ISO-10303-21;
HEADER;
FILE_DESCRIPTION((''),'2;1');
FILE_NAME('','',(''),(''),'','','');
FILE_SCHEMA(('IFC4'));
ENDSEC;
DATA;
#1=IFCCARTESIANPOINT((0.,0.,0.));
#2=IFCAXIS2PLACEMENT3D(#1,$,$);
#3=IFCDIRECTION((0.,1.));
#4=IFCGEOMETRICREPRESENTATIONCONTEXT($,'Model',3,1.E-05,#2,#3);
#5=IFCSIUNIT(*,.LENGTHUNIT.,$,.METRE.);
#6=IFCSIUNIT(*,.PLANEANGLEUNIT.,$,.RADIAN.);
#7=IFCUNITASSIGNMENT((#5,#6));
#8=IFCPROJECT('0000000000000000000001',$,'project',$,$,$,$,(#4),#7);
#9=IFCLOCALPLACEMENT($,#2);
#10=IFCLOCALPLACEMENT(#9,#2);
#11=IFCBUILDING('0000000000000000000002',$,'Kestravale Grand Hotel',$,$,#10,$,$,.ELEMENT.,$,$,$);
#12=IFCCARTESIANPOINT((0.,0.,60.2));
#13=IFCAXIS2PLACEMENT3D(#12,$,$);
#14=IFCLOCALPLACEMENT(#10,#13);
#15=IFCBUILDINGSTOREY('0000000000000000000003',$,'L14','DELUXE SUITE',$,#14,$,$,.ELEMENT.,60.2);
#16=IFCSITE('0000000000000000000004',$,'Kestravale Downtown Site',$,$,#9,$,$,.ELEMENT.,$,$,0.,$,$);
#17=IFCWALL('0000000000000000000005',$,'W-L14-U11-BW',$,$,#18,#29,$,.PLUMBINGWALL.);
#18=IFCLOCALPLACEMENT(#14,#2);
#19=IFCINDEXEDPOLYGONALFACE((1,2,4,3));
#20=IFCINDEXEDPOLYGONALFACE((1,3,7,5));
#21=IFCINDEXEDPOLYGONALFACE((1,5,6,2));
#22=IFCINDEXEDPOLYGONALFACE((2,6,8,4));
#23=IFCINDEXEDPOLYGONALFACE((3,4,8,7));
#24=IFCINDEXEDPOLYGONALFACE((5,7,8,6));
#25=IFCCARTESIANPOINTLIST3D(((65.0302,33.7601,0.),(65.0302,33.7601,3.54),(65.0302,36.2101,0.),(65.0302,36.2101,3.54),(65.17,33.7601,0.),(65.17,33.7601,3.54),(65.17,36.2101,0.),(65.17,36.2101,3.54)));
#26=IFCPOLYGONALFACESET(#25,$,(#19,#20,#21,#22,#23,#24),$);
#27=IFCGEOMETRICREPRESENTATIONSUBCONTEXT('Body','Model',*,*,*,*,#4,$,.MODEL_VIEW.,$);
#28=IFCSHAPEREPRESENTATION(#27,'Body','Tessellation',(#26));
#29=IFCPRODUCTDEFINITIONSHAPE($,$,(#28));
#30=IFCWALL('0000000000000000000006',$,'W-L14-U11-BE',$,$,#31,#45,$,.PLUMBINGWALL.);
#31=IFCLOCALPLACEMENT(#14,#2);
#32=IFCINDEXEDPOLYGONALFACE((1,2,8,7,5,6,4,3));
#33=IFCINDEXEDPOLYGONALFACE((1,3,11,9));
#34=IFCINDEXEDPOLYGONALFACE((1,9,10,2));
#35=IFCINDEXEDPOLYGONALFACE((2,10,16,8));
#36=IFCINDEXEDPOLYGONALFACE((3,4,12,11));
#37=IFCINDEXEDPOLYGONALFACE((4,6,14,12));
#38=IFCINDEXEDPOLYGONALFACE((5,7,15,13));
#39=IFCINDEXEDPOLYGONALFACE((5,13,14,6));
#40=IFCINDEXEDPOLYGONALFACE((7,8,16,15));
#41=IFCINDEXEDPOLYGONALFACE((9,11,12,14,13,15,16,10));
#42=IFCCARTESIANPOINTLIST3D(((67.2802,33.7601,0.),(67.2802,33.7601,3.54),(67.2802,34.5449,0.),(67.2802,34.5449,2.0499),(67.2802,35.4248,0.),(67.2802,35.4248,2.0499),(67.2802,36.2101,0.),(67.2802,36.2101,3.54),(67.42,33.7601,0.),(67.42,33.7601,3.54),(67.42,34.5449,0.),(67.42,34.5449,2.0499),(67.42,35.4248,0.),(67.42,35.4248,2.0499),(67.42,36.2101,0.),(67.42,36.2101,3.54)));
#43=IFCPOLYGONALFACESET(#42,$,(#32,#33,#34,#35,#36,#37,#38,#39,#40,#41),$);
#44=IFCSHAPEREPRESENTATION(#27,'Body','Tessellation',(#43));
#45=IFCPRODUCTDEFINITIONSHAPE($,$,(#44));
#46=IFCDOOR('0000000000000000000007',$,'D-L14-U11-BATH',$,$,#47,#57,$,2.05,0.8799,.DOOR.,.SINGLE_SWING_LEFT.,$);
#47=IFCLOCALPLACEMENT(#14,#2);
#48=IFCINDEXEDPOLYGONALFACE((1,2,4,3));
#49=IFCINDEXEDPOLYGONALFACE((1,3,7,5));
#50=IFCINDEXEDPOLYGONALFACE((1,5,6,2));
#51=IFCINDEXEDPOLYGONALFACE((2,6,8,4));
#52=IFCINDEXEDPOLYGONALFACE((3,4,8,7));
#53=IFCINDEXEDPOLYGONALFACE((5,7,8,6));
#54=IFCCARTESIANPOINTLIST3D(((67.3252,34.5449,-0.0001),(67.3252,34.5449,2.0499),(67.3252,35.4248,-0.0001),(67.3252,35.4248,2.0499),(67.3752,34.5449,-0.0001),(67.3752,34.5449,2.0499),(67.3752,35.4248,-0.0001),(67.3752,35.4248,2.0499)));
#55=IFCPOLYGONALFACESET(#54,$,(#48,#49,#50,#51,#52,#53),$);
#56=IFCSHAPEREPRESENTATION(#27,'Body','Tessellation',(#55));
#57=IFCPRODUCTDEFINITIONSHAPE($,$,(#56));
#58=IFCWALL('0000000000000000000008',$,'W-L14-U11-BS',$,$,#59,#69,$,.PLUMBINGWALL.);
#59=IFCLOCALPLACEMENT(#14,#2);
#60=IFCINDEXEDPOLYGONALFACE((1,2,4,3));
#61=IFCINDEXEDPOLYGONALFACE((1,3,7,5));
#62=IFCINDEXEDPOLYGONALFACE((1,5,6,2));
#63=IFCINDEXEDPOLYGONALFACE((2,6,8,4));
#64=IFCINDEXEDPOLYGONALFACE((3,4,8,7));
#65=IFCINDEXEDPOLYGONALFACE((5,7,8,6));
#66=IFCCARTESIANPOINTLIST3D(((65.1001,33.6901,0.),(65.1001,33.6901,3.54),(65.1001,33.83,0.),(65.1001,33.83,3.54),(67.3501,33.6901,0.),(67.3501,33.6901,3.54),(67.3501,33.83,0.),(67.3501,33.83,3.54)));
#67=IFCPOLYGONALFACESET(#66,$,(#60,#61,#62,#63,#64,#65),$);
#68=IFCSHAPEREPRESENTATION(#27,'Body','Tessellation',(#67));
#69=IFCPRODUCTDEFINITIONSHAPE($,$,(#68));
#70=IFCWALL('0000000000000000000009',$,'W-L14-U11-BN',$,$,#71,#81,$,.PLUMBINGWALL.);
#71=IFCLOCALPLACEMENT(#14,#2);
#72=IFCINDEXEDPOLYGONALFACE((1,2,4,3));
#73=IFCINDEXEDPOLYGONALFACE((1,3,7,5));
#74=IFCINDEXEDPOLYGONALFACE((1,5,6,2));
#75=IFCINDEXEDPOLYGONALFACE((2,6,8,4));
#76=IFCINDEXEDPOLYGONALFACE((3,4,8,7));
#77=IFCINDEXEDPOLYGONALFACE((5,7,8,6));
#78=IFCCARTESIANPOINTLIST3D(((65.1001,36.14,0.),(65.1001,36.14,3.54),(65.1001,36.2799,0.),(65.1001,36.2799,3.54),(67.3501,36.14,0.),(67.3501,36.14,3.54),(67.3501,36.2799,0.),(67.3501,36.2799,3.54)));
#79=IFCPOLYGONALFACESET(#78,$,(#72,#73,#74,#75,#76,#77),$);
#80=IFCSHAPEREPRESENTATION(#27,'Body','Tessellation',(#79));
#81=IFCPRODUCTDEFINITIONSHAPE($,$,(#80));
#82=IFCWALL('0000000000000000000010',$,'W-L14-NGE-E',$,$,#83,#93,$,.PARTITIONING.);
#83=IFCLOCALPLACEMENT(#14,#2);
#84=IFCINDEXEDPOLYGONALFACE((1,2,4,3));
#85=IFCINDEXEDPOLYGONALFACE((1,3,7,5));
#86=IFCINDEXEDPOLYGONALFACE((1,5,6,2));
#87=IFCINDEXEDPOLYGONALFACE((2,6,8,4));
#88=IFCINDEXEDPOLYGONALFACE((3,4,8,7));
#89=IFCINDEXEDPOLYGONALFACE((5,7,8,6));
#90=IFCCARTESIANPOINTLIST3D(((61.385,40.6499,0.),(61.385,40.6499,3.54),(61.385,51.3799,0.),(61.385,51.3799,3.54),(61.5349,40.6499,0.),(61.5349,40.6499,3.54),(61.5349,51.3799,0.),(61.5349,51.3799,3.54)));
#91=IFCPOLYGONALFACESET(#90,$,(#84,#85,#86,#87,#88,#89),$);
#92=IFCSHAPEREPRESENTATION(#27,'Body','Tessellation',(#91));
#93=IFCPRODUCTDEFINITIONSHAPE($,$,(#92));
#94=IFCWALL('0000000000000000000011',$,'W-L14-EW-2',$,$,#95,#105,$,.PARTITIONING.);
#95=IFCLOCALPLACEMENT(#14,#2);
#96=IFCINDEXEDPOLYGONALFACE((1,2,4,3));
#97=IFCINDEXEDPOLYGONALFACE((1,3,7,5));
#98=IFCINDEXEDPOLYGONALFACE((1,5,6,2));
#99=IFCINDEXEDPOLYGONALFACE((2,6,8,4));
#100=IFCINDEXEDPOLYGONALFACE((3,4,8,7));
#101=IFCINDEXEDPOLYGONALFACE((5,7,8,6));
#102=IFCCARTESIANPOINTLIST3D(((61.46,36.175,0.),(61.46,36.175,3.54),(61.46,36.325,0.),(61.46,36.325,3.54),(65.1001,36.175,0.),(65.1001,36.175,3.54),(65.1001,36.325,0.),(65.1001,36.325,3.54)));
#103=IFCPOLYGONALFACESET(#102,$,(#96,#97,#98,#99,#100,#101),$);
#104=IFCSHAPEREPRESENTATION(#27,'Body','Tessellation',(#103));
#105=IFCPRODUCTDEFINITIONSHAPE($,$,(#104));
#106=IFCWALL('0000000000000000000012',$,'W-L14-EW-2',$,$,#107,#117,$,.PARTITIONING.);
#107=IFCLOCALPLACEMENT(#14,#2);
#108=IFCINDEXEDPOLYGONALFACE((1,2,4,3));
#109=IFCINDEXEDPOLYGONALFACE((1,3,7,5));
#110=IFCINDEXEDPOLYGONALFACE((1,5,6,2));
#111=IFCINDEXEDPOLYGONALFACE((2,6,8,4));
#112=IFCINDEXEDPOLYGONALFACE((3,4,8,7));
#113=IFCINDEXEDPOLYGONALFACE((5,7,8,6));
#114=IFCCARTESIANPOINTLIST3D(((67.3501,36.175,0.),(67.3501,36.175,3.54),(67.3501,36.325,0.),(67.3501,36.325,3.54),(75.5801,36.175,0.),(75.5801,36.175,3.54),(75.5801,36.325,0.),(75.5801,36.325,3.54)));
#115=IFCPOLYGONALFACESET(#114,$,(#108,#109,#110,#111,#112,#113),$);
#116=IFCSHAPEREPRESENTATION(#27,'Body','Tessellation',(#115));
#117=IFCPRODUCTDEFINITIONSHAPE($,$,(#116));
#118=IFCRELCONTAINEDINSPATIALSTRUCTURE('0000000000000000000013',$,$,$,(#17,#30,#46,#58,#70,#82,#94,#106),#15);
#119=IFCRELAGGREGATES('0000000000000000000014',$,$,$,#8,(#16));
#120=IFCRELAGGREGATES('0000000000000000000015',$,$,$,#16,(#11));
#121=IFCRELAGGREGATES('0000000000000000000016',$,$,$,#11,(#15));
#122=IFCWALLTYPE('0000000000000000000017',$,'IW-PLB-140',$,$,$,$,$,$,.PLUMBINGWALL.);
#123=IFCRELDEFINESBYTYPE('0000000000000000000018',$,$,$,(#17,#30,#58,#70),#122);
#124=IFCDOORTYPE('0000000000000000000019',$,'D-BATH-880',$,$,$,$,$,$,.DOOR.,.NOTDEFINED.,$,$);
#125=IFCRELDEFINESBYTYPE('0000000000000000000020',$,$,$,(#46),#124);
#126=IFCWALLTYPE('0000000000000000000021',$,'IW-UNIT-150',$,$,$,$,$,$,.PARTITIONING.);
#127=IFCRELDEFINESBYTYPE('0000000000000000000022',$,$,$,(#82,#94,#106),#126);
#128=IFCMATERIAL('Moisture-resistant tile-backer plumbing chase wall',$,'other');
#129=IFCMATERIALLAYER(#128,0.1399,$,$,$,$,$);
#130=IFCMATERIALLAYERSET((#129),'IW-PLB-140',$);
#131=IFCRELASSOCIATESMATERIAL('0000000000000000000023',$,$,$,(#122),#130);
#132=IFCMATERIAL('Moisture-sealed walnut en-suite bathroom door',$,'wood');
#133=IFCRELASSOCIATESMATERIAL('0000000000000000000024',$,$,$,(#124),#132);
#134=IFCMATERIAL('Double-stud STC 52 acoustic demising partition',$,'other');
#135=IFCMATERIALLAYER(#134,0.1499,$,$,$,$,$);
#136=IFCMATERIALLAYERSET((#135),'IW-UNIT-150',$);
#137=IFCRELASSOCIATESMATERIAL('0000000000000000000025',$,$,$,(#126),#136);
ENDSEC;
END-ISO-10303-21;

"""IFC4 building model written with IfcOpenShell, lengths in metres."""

from ifc_helpers import new_model, si_unit, direction, frame, frame_2d, origin, place, context, subcontext, project, spatial, rectangle, extrude, material, layer, layer_set, type_object, element, fill, save


model = new_model("IFC4")

# Units and contexts
model_context = context("Model", 3, precision=1e-05, world=origin(), true_north=direction((0.0, 1.0)))
body_context = subcontext(model_context, "Body", "Model", "MODEL_VIEW")
ifc_project = project(units=[si_unit("LENGTHUNIT", "METRE"), si_unit("PLANEANGLEUNIT", "RADIAN")], contexts=[model_context])

# Site, building, storey
site_placement = place(None, origin())
site = spatial("IfcSite", under=ifc_project, at=site_placement, Name="Kestravale Downtown Site", CompositionType="ELEMENT", RefElevation=0.0)
building_placement = place(site_placement, origin())
building = spatial("IfcBuilding", under=site, at=building_placement, Name="Kestravale Grand Hotel", CompositionType="ELEMENT")
storey_placement = place(building_placement, frame((0.0, 0.0, 60.2)))
storey = spatial("IfcBuildingStorey", under=building, at=storey_placement, Name="L14", Description="DELUXE SUITE", CompositionType="ELEMENT", Elevation=60.2)

# Wall
ifc_material_1 = material(Name="Moisture-resistant tile-backer plumbing chase wall", Category="other")
ifc_layer_1 = layer(ifc_material_1, 0.1399)
ifc_layer_set_1 = layer_set([ifc_layer_1], Name="IW-PLB-140")
wall_type_1 = type_object("IfcWallType", Name="IW-PLB-140", PredefinedType="PLUMBINGWALL", material=ifc_layer_set_1)
wall_1_placement = place(storey_placement, frame((65.1001, 33.76, 0.0), z_axis=(0.0, 0.0, 1.0), x_axis=(0.0, 1.0, 0.0)))
element("IfcWall", 1, at=wall_1_placement, inside=storey, type_object=wall_type_1, Name="W-L14-U11-BW", PredefinedType="PLUMBINGWALL", context=body_context, shape_type="SweptSolid", body=[
    extrude(rectangle(XDim=2.45, YDim=0.1399, at=frame_2d((1.2251, 0.0))), origin(), (0.0, 0.0, 1.0), 3.54),
])

# Wall, opening, door
wall_2_placement = place(storey_placement, frame((67.3501, 33.76, 0.0), z_axis=(0.0, 0.0, 1.0), x_axis=(0.0, 1.0, 0.0)))
wall_2 = element("IfcWall", 2, at=wall_2_placement, inside=storey, type_object=wall_type_1, Name="W-L14-U11-BE", PredefinedType="PLUMBINGWALL", context=body_context, shape_type="SweptSolid", body=[
    extrude(rectangle(XDim=2.45, YDim=0.1399, at=frame_2d((1.2251, 0.0))), origin(), (0.0, 0.0, 1.0), 3.54),
])
opening_1_placement = place(wall_2_placement, frame((0.7849, 0.0, 0.0)))
opening_1 = element("IfcOpeningElement", 3, at=opening_1_placement, cuts=wall_2, PredefinedType="OPENING", context=body_context, shape_type="SweptSolid", body=[
    extrude(rectangle(XDim=0.8799, YDim=2.05, at=frame_2d((0.4399, 1.0249))), frame((0.0, 0.0798, 0.0), z_axis=(0.0, -1.0, 0.0), x_axis=(1.0, 0.0, 0.0)), (0.0, 0.0, 1.0), 0.1599),
])
ifc_material_2 = material(Name="Moisture-sealed walnut en-suite bathroom door", Category="wood")
door_type = type_object("IfcDoorType", Name="D-BATH-880", OperationType="NOTDEFINED", PredefinedType="DOOR", material=ifc_material_2)
door_placement = place(opening_1_placement, origin())
door = element("IfcDoor", 4, at=door_placement, inside=storey, type_object=door_type, Name="D-L14-U11-BATH", OperationType="SINGLE_SWING_LEFT", OverallHeight=2.05, OverallWidth=0.8799, PredefinedType="DOOR", context=body_context, shape_type="SweptSolid", body=[
    extrude(rectangle(XDim=0.8799, YDim=2.05, at=frame_2d((0.4399, 1.0249))), frame((0.0, 0.0249, 0.0), z_axis=(0.0, -1.0, 0.0), x_axis=(1.0, 0.0, 0.0)), (0.0, 0.0, 1.0), 0.05),
])
fill(opening_1, door)

# Walls
for number, where, z_axis, x_axis, name in (
    (5, (65.1001, 33.76, 0.0), (0.0, 0.0, 1.0), (1.0, 0.0, 0.0), "W-L14-U11-BS"),
    (6, (65.1001, 36.21, 0.0), (0.0, 0.0, 1.0), (1.0, 0.0, 0.0), "W-L14-U11-BN"),
):
    element("IfcWall", number, at=place(storey_placement, frame(where, z_axis=z_axis, x_axis=x_axis)), inside=storey, type_object=wall_type_1, Name=name, PredefinedType="PLUMBINGWALL", context=body_context, shape_type="SweptSolid", body=[
        extrude(rectangle(XDim=2.25, YDim=0.1399, at=frame_2d((1.125, 0.0))), origin(), (0.0, 0.0, 1.0), 3.54),
    ])
ifc_material_3 = material(Name="Double-stud STC 52 acoustic demising partition", Category="other")
ifc_layer_2 = layer(ifc_material_3, 0.1499)
ifc_layer_set_2 = layer_set([ifc_layer_2], Name="IW-UNIT-150")
wall_type_2 = type_object("IfcWallType", Name="IW-UNIT-150", PredefinedType="PARTITIONING", material=ifc_layer_set_2)
wall_3_placement = place(storey_placement, frame((61.46, 40.6499, 0.0), z_axis=(0.0, 0.0, 1.0), x_axis=(0.0, 1.0, 0.0)))
element("IfcWall", 7, at=wall_3_placement, inside=storey, type_object=wall_type_2, Name="W-L14-NGE-E", PredefinedType="PARTITIONING", context=body_context, shape_type="SweptSolid", body=[
    extrude(rectangle(XDim=10.73, YDim=0.1499, at=frame_2d((5.365, 0.0))), origin(), (0.0, 0.0, 1.0), 3.54),
])
wall_4_placement = place(storey_placement, frame((61.46, 36.25, 0.0), z_axis=(0.0, 0.0, 1.0), x_axis=(1.0, 0.0, 0.0)))
element("IfcWall", 8, at=wall_4_placement, inside=storey, type_object=wall_type_2, Name="W-L14-EW-2", PredefinedType="PARTITIONING", context=body_context, shape_type="SweptSolid", body=[
    extrude(rectangle(XDim=3.6401, YDim=0.1499, at=frame_2d((1.8201, 0.0))), origin(), (0.0, 0.0, 1.0), 3.54),
])
wall_5_placement = place(storey_placement, frame((67.3501, 36.25, 0.0), z_axis=(0.0, 0.0, 1.0), x_axis=(1.0, 0.0, 0.0)))
element("IfcWall", 9, at=wall_5_placement, inside=storey, type_object=wall_type_2, Name="W-L14-EW-2", PredefinedType="PARTITIONING", context=body_context, shape_type="SweptSolid", body=[
    extrude(rectangle(XDim=8.23, YDim=0.1499, at=frame_2d((4.115, 0.0))), origin(), (0.0, 0.0, 1.0), 3.54),
])

save(model, "model.ifc")
